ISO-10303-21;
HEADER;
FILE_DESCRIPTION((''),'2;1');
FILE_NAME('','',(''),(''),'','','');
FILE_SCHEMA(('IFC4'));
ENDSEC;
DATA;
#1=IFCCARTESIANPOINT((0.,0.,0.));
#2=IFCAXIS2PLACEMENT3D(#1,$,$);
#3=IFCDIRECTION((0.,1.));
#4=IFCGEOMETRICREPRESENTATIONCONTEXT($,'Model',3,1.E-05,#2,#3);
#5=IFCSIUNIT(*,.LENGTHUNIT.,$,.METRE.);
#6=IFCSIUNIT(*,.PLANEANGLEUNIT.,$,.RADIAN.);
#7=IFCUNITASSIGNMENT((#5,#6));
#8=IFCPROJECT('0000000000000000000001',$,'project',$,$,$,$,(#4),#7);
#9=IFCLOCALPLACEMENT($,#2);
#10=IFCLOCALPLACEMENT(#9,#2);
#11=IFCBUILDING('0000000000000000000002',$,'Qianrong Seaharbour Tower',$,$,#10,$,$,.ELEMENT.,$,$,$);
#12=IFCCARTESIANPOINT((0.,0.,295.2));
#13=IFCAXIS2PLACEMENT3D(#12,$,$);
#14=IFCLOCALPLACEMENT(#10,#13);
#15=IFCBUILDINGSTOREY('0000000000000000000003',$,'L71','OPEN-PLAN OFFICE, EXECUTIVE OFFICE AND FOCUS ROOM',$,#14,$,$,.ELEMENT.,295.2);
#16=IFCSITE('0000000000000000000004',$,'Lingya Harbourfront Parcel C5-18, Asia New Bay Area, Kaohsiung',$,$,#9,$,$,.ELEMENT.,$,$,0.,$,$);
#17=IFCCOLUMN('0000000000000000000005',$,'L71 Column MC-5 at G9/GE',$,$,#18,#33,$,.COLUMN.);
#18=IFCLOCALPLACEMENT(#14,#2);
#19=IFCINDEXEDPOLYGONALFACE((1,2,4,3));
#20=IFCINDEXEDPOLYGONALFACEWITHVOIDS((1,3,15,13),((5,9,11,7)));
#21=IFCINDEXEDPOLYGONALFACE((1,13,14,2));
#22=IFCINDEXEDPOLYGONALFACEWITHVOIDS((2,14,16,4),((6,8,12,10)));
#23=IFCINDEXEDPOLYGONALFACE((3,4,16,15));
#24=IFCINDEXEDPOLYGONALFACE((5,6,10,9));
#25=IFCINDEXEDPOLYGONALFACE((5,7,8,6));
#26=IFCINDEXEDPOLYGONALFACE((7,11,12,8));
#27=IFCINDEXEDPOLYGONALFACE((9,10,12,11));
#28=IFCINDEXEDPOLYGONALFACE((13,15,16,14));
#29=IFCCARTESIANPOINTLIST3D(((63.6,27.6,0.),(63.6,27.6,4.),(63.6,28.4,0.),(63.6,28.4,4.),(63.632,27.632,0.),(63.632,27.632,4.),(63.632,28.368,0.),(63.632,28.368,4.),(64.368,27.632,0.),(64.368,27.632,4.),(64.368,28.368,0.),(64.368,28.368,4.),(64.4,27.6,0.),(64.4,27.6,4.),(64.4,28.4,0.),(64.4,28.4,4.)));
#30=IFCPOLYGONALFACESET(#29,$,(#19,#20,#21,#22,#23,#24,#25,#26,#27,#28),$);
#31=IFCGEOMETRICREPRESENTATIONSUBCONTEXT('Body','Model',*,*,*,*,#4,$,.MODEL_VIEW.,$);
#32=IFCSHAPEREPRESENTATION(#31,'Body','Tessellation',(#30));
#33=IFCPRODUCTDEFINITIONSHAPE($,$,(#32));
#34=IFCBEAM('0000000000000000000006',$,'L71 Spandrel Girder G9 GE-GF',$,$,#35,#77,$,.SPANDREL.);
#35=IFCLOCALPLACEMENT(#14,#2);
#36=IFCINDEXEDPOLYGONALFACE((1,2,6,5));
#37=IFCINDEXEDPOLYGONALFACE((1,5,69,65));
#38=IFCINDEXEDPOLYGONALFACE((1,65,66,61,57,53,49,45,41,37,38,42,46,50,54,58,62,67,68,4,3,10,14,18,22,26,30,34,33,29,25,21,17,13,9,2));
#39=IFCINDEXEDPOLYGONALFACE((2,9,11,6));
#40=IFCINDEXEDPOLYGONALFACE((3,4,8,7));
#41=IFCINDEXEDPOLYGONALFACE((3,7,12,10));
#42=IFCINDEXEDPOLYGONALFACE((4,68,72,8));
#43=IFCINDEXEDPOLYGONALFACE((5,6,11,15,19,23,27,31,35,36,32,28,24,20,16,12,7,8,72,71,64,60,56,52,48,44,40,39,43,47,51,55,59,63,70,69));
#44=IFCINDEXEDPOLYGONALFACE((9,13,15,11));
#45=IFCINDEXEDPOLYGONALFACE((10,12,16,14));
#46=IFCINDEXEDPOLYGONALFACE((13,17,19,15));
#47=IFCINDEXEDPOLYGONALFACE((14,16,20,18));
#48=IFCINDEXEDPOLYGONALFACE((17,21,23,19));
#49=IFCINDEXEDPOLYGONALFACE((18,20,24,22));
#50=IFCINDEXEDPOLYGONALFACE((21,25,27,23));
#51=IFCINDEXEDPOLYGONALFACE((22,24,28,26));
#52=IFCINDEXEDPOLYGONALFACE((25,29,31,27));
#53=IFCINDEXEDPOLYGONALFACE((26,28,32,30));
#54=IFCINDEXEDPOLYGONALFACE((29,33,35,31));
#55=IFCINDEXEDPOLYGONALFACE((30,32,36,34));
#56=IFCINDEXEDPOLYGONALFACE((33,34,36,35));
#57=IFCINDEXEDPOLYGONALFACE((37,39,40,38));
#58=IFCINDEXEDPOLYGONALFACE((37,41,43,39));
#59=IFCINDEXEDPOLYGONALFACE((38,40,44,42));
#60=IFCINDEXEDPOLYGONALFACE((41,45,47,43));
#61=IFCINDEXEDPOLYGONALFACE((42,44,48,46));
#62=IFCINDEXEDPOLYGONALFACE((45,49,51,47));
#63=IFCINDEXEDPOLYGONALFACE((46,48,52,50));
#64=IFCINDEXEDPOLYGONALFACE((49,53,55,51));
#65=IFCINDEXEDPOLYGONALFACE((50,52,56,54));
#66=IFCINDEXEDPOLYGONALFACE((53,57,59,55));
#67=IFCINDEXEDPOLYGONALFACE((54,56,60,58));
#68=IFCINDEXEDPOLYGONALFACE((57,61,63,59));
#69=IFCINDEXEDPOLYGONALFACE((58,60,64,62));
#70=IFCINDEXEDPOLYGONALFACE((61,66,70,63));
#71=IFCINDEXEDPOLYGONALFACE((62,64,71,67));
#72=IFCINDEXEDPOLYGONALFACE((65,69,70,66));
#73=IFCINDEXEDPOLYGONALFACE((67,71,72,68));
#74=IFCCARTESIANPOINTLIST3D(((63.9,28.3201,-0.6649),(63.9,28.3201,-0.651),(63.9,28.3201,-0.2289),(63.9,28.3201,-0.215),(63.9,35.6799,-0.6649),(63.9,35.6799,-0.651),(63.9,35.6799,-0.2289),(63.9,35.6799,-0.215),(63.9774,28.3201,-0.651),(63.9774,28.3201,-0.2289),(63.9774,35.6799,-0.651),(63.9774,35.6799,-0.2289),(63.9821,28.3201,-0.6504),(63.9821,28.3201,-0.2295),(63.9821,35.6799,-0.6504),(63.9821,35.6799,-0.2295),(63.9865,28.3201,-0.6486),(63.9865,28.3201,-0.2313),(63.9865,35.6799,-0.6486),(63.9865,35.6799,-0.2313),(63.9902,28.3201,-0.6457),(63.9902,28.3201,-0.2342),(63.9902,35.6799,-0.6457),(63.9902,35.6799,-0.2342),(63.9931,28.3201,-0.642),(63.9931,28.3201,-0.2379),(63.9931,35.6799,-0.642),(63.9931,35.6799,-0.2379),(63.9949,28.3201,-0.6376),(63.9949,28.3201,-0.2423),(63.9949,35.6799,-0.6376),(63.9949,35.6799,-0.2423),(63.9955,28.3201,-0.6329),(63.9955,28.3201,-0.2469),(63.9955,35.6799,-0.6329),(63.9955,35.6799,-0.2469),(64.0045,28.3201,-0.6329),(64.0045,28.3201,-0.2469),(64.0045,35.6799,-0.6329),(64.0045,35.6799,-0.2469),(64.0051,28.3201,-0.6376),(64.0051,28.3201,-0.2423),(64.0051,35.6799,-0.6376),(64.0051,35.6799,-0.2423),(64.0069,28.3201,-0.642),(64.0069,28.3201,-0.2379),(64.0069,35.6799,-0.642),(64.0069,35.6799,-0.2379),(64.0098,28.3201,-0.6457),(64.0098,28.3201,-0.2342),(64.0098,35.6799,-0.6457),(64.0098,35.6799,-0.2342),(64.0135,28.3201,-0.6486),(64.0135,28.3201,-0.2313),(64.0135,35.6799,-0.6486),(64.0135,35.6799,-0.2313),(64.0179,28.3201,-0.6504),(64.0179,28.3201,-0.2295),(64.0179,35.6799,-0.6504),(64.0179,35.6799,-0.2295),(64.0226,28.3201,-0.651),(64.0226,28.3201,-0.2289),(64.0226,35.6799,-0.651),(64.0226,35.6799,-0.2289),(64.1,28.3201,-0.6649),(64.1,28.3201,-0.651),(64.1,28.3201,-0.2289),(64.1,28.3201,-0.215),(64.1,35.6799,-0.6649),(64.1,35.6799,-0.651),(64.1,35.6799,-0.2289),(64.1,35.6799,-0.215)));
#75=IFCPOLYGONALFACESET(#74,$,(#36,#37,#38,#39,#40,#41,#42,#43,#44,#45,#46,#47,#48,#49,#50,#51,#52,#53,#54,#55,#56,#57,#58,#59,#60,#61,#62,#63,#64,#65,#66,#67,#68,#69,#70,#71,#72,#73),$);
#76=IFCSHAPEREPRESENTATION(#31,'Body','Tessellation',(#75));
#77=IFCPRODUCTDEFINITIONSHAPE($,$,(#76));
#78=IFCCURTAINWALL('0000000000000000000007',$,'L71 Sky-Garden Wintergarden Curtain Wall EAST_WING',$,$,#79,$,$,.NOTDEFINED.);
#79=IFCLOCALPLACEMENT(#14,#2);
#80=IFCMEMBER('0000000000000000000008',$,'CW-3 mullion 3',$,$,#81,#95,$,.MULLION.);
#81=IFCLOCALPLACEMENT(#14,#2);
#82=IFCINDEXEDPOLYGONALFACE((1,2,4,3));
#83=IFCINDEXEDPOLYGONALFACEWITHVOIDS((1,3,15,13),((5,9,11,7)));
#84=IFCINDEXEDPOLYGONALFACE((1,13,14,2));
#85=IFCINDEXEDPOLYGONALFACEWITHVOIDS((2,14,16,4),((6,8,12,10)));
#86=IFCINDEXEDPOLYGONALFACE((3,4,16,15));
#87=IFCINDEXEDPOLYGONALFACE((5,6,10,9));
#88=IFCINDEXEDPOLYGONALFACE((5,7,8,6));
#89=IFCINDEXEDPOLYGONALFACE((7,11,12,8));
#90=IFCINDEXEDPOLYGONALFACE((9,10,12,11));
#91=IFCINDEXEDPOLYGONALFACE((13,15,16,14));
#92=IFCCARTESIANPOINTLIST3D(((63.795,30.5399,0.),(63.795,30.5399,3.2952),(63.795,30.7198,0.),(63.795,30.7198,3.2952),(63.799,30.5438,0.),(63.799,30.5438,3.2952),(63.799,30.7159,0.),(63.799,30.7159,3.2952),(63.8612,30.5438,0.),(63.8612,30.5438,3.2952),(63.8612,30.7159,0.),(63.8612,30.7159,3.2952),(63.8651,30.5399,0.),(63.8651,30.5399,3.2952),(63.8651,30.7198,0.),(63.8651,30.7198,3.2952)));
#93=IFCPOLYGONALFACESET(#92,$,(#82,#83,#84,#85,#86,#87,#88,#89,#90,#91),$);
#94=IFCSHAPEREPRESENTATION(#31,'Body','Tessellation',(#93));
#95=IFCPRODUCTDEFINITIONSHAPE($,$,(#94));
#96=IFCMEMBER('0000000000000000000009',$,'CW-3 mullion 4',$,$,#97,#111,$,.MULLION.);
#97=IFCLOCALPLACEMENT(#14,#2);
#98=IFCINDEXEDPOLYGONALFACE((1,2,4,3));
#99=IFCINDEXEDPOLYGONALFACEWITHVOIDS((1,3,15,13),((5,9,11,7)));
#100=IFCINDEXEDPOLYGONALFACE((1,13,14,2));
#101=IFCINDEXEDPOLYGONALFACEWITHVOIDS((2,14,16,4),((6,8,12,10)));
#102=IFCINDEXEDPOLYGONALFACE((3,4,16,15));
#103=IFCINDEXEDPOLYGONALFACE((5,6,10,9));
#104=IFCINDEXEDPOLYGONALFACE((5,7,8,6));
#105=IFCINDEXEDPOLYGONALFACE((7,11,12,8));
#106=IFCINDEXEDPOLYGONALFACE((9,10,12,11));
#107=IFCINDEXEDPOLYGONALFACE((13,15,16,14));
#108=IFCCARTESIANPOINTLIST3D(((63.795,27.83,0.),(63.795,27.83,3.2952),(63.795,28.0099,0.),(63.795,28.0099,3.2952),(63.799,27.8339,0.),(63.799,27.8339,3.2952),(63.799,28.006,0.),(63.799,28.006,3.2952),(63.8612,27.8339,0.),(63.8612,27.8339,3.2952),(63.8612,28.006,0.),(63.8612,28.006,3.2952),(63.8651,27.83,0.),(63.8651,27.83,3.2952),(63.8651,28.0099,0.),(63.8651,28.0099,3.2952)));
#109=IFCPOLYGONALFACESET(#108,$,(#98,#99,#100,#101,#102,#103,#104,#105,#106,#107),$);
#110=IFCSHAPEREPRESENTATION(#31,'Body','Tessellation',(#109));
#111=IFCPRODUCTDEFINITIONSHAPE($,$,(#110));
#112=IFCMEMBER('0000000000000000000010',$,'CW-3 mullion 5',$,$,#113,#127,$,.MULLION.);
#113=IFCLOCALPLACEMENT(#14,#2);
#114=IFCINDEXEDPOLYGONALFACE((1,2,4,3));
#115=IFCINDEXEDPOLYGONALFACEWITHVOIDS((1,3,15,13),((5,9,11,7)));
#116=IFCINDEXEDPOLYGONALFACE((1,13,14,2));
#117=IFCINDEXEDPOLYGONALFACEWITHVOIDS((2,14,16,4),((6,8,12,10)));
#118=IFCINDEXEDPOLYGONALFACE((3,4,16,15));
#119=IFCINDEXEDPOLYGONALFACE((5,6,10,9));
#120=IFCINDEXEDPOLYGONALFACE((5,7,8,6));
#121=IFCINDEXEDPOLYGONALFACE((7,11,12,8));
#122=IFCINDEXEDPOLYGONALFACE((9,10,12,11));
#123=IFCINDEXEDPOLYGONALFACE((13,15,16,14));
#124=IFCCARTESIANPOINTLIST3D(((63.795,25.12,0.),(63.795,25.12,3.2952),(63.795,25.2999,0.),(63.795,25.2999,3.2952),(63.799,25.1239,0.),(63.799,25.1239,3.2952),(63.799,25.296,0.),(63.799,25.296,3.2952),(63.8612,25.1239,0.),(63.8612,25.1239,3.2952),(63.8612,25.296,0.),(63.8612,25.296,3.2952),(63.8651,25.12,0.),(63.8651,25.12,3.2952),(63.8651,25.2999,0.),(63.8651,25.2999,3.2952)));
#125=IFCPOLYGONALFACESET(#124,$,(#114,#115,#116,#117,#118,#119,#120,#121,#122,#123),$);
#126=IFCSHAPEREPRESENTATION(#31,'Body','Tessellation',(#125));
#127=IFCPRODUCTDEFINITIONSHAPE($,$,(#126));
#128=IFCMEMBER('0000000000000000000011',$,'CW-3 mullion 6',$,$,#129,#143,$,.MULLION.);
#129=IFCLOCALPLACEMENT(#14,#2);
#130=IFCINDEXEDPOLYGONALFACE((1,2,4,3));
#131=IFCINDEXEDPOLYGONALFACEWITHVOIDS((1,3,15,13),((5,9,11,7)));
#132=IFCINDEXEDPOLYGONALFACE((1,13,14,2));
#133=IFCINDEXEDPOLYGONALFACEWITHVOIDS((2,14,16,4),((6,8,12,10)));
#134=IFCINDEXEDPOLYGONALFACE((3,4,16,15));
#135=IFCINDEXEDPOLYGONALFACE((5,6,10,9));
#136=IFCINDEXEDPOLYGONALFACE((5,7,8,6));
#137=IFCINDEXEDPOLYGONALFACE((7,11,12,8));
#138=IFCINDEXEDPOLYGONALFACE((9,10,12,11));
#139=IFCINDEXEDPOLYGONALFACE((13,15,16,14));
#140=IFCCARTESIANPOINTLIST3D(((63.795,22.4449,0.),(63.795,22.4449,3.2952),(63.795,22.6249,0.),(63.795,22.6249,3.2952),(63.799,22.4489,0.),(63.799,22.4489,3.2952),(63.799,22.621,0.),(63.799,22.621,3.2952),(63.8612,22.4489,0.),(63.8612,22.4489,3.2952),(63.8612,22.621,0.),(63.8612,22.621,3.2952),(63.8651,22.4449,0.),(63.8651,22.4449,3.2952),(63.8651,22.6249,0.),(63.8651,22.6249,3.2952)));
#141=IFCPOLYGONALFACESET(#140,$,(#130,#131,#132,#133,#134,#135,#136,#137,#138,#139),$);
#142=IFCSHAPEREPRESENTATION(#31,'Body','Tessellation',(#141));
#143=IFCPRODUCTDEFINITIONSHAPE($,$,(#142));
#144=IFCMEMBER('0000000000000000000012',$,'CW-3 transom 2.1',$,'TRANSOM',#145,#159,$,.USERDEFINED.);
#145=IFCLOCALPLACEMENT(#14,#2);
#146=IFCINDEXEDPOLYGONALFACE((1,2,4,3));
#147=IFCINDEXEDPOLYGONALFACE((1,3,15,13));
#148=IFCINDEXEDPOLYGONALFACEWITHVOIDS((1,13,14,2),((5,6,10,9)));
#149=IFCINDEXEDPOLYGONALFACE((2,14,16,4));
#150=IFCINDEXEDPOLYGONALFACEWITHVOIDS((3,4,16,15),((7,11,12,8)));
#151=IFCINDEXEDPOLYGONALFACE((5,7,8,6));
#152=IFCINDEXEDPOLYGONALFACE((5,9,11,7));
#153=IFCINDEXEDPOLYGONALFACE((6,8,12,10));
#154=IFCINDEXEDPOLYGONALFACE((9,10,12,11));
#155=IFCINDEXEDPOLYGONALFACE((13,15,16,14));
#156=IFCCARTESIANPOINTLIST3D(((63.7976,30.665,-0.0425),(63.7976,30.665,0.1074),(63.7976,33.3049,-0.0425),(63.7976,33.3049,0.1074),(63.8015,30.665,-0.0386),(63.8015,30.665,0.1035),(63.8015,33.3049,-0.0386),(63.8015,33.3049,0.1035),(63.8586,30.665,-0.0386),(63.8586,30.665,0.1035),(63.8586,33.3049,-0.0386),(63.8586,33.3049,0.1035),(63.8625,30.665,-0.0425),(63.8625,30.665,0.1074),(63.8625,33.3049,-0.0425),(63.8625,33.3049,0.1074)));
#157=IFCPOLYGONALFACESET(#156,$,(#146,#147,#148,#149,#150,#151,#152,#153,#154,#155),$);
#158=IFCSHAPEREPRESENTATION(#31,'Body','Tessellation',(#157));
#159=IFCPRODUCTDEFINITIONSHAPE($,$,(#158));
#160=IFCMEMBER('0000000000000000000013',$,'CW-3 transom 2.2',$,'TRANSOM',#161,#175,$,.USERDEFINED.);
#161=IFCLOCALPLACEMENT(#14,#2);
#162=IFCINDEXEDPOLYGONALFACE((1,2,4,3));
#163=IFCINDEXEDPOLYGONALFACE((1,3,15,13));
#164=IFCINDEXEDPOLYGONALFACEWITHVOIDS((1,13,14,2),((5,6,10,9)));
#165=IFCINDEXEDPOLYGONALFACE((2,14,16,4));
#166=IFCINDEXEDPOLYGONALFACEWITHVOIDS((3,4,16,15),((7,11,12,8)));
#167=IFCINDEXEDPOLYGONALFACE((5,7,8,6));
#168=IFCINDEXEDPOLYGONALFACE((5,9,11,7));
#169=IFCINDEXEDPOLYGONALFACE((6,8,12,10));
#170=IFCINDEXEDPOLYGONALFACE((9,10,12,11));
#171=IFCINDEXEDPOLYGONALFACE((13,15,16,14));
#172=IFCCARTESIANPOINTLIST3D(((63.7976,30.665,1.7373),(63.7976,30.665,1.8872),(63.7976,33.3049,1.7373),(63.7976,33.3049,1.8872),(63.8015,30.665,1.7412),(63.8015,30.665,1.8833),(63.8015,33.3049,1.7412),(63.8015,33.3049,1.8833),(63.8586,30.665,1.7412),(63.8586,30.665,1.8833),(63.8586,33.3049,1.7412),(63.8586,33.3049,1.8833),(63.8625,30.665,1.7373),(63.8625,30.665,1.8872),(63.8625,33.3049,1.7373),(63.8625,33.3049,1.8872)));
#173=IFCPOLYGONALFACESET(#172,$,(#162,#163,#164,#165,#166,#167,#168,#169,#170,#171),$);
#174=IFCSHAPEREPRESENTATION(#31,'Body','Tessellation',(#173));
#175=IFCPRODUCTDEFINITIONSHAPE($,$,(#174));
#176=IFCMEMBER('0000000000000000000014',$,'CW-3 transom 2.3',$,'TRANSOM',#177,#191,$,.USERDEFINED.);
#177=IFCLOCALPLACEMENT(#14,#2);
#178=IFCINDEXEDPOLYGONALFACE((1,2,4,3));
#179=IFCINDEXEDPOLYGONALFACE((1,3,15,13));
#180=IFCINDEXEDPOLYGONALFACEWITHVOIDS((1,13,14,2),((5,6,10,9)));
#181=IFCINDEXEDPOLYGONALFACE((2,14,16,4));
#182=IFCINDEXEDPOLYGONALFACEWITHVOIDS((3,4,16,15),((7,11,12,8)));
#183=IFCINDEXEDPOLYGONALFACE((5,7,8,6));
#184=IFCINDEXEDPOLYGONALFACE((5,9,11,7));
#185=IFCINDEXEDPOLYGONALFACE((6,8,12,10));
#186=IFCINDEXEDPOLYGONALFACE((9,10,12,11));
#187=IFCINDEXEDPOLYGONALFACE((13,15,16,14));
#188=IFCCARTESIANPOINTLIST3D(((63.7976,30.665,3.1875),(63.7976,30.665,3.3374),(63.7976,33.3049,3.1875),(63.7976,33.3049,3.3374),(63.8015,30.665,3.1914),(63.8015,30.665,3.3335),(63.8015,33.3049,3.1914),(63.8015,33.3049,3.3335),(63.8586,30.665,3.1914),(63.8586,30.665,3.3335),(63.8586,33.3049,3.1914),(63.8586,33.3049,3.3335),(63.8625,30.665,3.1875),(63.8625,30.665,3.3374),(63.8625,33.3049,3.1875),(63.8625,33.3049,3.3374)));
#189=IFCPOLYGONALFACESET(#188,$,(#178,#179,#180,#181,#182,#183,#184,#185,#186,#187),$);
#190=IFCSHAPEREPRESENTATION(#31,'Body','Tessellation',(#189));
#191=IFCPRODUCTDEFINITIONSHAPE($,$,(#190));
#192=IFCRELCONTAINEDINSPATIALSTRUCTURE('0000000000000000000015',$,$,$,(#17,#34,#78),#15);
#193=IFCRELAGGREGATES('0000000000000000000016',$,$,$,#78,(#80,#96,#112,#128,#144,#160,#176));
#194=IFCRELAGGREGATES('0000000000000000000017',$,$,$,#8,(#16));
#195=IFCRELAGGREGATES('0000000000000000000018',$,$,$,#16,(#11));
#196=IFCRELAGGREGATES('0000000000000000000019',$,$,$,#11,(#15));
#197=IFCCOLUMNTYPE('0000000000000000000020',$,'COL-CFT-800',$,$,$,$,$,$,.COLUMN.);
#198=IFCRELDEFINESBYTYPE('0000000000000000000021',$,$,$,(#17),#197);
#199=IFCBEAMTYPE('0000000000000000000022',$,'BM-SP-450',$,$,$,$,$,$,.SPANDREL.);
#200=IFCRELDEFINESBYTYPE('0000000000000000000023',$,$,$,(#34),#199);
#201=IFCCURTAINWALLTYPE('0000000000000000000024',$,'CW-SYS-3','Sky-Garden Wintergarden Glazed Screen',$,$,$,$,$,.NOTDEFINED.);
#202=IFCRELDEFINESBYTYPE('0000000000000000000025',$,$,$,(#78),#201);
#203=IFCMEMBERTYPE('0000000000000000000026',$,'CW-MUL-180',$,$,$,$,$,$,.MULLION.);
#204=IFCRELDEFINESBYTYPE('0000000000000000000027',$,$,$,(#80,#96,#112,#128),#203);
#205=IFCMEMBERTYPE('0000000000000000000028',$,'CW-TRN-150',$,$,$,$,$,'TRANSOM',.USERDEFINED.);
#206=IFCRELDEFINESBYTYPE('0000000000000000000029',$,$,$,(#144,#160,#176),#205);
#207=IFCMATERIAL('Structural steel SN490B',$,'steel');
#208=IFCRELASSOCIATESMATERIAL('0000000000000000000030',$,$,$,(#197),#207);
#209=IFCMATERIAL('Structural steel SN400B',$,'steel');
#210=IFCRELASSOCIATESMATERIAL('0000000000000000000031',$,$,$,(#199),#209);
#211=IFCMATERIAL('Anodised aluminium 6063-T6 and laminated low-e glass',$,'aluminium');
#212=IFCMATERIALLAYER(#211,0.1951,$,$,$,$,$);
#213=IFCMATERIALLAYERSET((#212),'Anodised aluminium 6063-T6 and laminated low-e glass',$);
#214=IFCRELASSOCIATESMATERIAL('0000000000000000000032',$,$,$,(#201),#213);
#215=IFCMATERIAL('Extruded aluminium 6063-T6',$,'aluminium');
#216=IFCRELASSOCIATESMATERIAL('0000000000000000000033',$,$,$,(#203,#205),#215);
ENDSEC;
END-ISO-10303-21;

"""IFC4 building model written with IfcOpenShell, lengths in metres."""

from ifc_helpers import new_model, si_unit, direction, frame, origin, origin_2d, place, context, subcontext, project, spatial, hollow_rectangle, i_section, extrude, material, layer, layer_set, material_profile, profile_set, type_object, element, aggregate, save


model = new_model("IFC4")

# Units and contexts
model_context = context("Model", 3, precision=1e-05, world=origin(), true_north=direction((0.0, 1.0)))
body_context = subcontext(model_context, "Body", "Model", "MODEL_VIEW")
ifc_project = project(units=[si_unit("LENGTHUNIT", "METRE"), si_unit("PLANEANGLEUNIT", "RADIAN")], contexts=[model_context])

# Site, building, storey
site_placement = place(None, origin())
site = spatial("IfcSite", under=ifc_project, at=site_placement, Name="Lingya Harbourfront Parcel C5-18, Asia New Bay Area, Kaohsiung", CompositionType="ELEMENT", RefElevation=0.0)
building_placement = place(site_placement, origin())
building = spatial("IfcBuilding", under=site, at=building_placement, Name="Qianrong Seaharbour Tower", CompositionType="ELEMENT")
storey_placement = place(building_placement, frame((0.0, 0.0, 295.2)))
storey = spatial("IfcBuildingStorey", under=building, at=storey_placement, Name="L71", Description="OPEN-PLAN OFFICE, EXECUTIVE OFFICE AND FOCUS ROOM", CompositionType="ELEMENT", Elevation=295.2)

# Column
ifc_material_1 = material(Name="Structural steel SN490B", Category="steel")
ifc_material_profile_1 = material_profile(ifc_material_1, hollow_rectangle(XDim=0.8, YDim=0.8, WallThickness=0.032, at=origin_2d()), Name="BOX800x800x32")
ifc_profile_set_1 = profile_set([ifc_material_profile_1], Name="Structural steel SN490B")
column_type = type_object("IfcColumnType", Name="COL-CFT-800", PredefinedType="COLUMN", material=ifc_profile_set_1)
column_placement = place(storey_placement, frame((64.0, 28.0, 0.0), z_axis=(0.0, 0.0, 1.0), x_axis=(1.0, 0.0, 0.0)))
element("IfcColumn", 1, at=column_placement, inside=storey, type_object=column_type, Name="L71 Column MC-5 at G9/GE", PredefinedType="COLUMN", context=body_context, shape_type="SweptSolid", body=[
    extrude(hollow_rectangle(XDim=0.8, YDim=0.8, WallThickness=0.032, at=origin_2d()), origin(), (0.0, 0.0, 1.0), 4.0),
])

# Beam
ifc_material_2 = material(Name="Structural steel SN400B", Category="steel")
ifc_material_profile_2 = material_profile(ifc_material_2, i_section(OverallWidth=0.2, OverallDepth=0.45, WebThickness=0.009, FlangeThickness=0.0139, FilletRadius=0.0181, at=origin_2d()), Name="H450x200x9x14")
ifc_profile_set_2 = profile_set([ifc_material_profile_2], Name="Structural steel SN400B")
beam_type = type_object("IfcBeamType", Name="BM-SP-450", PredefinedType="SPANDREL", material=ifc_profile_set_2)
beam_placement = place(storey_placement, frame((64.0, 28.3201, -0.4399), z_axis=(0.0, 1.0, 0.0), x_axis=(-1.0, 0.0, 0.0)))
element("IfcBeam", 2, at=beam_placement, inside=storey, type_object=beam_type, Name="L71 Spandrel Girder G9 GE-GF", PredefinedType="SPANDREL", context=body_context, shape_type="SweptSolid", body=[
    extrude(i_section(OverallWidth=0.2, OverallDepth=0.45, WebThickness=0.009, FlangeThickness=0.0139, FilletRadius=0.0181, at=origin_2d()), origin(), (0.0, 0.0, 1.0), 7.3599),
])

# Curtain wall, members
ifc_material_3 = material(Name="Anodised aluminium 6063-T6 and laminated low-e glass", Category="aluminium")
ifc_layer_1 = layer(ifc_material_3, 0.1951)
ifc_layer_set_1 = layer_set([ifc_layer_1], Name="Anodised aluminium 6063-T6 and laminated low-e glass")
curtain_wall_type = type_object("IfcCurtainWallType", Name="CW-SYS-3", Description="Sky-Garden Wintergarden Glazed Screen", PredefinedType="NOTDEFINED", material=ifc_layer_set_1)
curtain_wall_placement = place(storey_placement, origin())
curtain_wall = element("IfcCurtainWall", 3, at=curtain_wall_placement, inside=storey, type_object=curtain_wall_type, Name="L71 Sky-Garden Wintergarden Curtain Wall EAST_WING", PredefinedType="NOTDEFINED")
ifc_material_4 = material(Name="Extruded aluminium 6063-T6", Category="aluminium")
ifc_material_profile_3 = material_profile(ifc_material_4, hollow_rectangle(XDim=0.0701, YDim=0.1799, WallThickness=0.0039, at=origin_2d()), Name="ALU-MUL-180x70x4")
ifc_profile_set_3 = profile_set([ifc_material_profile_3], Name="Extruded aluminium 6063-T6")
member_type_1 = type_object("IfcMemberType", Name="CW-MUL-180", PredefinedType="MULLION", material=ifc_profile_set_3)
member_1_placement = place(storey_placement, frame((63.8301, 30.6299, 0.0), z_axis=(0.0, 0.0, 1.0), x_axis=(1.0, 0.0, 0.0)))
member_1 = element("IfcMember", 4, at=member_1_placement, type_object=member_type_1, Name="CW-3 mullion 3", PredefinedType="MULLION", context=body_context, shape_type="SweptSolid", body=[
    extrude(hollow_rectangle(XDim=0.0701, YDim=0.1799, WallThickness=0.0039, at=origin_2d()), origin(), (0.0, 0.0, 1.0), 3.2952),
])
member_2_placement = place(storey_placement, frame((63.8301, 27.9199, 0.0), z_axis=(0.0, 0.0, 1.0), x_axis=(1.0, 0.0, 0.0)))
member_2 = element("IfcMember", 5, at=member_2_placement, type_object=member_type_1, Name="CW-3 mullion 4", PredefinedType="MULLION", context=body_context, shape_type="SweptSolid", body=[
    extrude(hollow_rectangle(XDim=0.0701, YDim=0.1799, WallThickness=0.0039, at=origin_2d()), origin(), (0.0, 0.0, 1.0), 3.2952),
])
member_3_placement = place(storey_placement, frame((63.8301, 25.21, 0.0), z_axis=(0.0, 0.0, 1.0), x_axis=(1.0, 0.0, 0.0)))
member_3 = element("IfcMember", 6, at=member_3_placement, type_object=member_type_1, Name="CW-3 mullion 5", PredefinedType="MULLION", context=body_context, shape_type="SweptSolid", body=[
    extrude(hollow_rectangle(XDim=0.0701, YDim=0.1799, WallThickness=0.0039, at=origin_2d()), origin(), (0.0, 0.0, 1.0), 3.2952),
])
member_4_placement = place(storey_placement, frame((63.8301, 22.5349, 0.0), z_axis=(0.0, 0.0, 1.0), x_axis=(1.0, 0.0, 0.0)))
member_4 = element("IfcMember", 7, at=member_4_placement, type_object=member_type_1, Name="CW-3 mullion 6", PredefinedType="MULLION", context=body_context, shape_type="SweptSolid", body=[
    extrude(hollow_rectangle(XDim=0.0701, YDim=0.1799, WallThickness=0.0039, at=origin_2d()), origin(), (0.0, 0.0, 1.0), 3.2952),
])
ifc_material_profile_4 = material_profile(ifc_material_4, hollow_rectangle(XDim=0.0649, YDim=0.1499, WallThickness=0.0039, at=origin_2d()), Name="ALU-TRN-150x65x4")
ifc_profile_set_4 = profile_set([ifc_material_profile_4], Name="Extruded aluminium 6063-T6")
member_type_2 = type_object("IfcMemberType", Name="CW-TRN-150", ElementType="TRANSOM", PredefinedType="USERDEFINED", material=ifc_profile_set_4)
member_5_placement = place(storey_placement, frame((63.8301, 33.3049, 0.0325), z_axis=(0.0, -1.0, 0.0), x_axis=(1.0, 0.0, 0.0)))
member_5 = element("IfcMember", 8, at=member_5_placement, type_object=member_type_2, Name="CW-3 transom 2.1", ObjectType="TRANSOM", PredefinedType="USERDEFINED", context=body_context, shape_type="SweptSolid", body=[
    extrude(hollow_rectangle(XDim=0.0649, YDim=0.1499, WallThickness=0.0039, at=origin_2d()), origin(), (0.0, 0.0, 1.0), 2.6399),
])
member_6_placement = place(storey_placement, frame((63.8301, 33.3049, 1.8123), z_axis=(0.0, -1.0, 0.0), x_axis=(1.0, 0.0, 0.0)))
member_6 = element("IfcMember", 9, at=member_6_placement, type_object=member_type_2, Name="CW-3 transom 2.2", ObjectType="TRANSOM", PredefinedType="USERDEFINED", context=body_context, shape_type="SweptSolid", body=[
    extrude(hollow_rectangle(XDim=0.0649, YDim=0.1499, WallThickness=0.0039, at=origin_2d()), origin(), (0.0, 0.0, 1.0), 2.6399),
])
member_7_placement = place(storey_placement, frame((63.8301, 33.3049, 3.2625), z_axis=(0.0, -1.0, 0.0), x_axis=(1.0, 0.0, 0.0)))
member_7 = element("IfcMember", 10, at=member_7_placement, type_object=member_type_2, Name="CW-3 transom 2.3", ObjectType="TRANSOM", PredefinedType="USERDEFINED", context=body_context, shape_type="SweptSolid", body=[
    extrude(hollow_rectangle(XDim=0.0649, YDim=0.1499, WallThickness=0.0039, at=origin_2d()), origin(), (0.0, 0.0, 1.0), 2.6399),
])
aggregate(curtain_wall, [member_1, member_2, member_3, member_4, member_5, member_6, member_7])

save(model, "model.ifc")
